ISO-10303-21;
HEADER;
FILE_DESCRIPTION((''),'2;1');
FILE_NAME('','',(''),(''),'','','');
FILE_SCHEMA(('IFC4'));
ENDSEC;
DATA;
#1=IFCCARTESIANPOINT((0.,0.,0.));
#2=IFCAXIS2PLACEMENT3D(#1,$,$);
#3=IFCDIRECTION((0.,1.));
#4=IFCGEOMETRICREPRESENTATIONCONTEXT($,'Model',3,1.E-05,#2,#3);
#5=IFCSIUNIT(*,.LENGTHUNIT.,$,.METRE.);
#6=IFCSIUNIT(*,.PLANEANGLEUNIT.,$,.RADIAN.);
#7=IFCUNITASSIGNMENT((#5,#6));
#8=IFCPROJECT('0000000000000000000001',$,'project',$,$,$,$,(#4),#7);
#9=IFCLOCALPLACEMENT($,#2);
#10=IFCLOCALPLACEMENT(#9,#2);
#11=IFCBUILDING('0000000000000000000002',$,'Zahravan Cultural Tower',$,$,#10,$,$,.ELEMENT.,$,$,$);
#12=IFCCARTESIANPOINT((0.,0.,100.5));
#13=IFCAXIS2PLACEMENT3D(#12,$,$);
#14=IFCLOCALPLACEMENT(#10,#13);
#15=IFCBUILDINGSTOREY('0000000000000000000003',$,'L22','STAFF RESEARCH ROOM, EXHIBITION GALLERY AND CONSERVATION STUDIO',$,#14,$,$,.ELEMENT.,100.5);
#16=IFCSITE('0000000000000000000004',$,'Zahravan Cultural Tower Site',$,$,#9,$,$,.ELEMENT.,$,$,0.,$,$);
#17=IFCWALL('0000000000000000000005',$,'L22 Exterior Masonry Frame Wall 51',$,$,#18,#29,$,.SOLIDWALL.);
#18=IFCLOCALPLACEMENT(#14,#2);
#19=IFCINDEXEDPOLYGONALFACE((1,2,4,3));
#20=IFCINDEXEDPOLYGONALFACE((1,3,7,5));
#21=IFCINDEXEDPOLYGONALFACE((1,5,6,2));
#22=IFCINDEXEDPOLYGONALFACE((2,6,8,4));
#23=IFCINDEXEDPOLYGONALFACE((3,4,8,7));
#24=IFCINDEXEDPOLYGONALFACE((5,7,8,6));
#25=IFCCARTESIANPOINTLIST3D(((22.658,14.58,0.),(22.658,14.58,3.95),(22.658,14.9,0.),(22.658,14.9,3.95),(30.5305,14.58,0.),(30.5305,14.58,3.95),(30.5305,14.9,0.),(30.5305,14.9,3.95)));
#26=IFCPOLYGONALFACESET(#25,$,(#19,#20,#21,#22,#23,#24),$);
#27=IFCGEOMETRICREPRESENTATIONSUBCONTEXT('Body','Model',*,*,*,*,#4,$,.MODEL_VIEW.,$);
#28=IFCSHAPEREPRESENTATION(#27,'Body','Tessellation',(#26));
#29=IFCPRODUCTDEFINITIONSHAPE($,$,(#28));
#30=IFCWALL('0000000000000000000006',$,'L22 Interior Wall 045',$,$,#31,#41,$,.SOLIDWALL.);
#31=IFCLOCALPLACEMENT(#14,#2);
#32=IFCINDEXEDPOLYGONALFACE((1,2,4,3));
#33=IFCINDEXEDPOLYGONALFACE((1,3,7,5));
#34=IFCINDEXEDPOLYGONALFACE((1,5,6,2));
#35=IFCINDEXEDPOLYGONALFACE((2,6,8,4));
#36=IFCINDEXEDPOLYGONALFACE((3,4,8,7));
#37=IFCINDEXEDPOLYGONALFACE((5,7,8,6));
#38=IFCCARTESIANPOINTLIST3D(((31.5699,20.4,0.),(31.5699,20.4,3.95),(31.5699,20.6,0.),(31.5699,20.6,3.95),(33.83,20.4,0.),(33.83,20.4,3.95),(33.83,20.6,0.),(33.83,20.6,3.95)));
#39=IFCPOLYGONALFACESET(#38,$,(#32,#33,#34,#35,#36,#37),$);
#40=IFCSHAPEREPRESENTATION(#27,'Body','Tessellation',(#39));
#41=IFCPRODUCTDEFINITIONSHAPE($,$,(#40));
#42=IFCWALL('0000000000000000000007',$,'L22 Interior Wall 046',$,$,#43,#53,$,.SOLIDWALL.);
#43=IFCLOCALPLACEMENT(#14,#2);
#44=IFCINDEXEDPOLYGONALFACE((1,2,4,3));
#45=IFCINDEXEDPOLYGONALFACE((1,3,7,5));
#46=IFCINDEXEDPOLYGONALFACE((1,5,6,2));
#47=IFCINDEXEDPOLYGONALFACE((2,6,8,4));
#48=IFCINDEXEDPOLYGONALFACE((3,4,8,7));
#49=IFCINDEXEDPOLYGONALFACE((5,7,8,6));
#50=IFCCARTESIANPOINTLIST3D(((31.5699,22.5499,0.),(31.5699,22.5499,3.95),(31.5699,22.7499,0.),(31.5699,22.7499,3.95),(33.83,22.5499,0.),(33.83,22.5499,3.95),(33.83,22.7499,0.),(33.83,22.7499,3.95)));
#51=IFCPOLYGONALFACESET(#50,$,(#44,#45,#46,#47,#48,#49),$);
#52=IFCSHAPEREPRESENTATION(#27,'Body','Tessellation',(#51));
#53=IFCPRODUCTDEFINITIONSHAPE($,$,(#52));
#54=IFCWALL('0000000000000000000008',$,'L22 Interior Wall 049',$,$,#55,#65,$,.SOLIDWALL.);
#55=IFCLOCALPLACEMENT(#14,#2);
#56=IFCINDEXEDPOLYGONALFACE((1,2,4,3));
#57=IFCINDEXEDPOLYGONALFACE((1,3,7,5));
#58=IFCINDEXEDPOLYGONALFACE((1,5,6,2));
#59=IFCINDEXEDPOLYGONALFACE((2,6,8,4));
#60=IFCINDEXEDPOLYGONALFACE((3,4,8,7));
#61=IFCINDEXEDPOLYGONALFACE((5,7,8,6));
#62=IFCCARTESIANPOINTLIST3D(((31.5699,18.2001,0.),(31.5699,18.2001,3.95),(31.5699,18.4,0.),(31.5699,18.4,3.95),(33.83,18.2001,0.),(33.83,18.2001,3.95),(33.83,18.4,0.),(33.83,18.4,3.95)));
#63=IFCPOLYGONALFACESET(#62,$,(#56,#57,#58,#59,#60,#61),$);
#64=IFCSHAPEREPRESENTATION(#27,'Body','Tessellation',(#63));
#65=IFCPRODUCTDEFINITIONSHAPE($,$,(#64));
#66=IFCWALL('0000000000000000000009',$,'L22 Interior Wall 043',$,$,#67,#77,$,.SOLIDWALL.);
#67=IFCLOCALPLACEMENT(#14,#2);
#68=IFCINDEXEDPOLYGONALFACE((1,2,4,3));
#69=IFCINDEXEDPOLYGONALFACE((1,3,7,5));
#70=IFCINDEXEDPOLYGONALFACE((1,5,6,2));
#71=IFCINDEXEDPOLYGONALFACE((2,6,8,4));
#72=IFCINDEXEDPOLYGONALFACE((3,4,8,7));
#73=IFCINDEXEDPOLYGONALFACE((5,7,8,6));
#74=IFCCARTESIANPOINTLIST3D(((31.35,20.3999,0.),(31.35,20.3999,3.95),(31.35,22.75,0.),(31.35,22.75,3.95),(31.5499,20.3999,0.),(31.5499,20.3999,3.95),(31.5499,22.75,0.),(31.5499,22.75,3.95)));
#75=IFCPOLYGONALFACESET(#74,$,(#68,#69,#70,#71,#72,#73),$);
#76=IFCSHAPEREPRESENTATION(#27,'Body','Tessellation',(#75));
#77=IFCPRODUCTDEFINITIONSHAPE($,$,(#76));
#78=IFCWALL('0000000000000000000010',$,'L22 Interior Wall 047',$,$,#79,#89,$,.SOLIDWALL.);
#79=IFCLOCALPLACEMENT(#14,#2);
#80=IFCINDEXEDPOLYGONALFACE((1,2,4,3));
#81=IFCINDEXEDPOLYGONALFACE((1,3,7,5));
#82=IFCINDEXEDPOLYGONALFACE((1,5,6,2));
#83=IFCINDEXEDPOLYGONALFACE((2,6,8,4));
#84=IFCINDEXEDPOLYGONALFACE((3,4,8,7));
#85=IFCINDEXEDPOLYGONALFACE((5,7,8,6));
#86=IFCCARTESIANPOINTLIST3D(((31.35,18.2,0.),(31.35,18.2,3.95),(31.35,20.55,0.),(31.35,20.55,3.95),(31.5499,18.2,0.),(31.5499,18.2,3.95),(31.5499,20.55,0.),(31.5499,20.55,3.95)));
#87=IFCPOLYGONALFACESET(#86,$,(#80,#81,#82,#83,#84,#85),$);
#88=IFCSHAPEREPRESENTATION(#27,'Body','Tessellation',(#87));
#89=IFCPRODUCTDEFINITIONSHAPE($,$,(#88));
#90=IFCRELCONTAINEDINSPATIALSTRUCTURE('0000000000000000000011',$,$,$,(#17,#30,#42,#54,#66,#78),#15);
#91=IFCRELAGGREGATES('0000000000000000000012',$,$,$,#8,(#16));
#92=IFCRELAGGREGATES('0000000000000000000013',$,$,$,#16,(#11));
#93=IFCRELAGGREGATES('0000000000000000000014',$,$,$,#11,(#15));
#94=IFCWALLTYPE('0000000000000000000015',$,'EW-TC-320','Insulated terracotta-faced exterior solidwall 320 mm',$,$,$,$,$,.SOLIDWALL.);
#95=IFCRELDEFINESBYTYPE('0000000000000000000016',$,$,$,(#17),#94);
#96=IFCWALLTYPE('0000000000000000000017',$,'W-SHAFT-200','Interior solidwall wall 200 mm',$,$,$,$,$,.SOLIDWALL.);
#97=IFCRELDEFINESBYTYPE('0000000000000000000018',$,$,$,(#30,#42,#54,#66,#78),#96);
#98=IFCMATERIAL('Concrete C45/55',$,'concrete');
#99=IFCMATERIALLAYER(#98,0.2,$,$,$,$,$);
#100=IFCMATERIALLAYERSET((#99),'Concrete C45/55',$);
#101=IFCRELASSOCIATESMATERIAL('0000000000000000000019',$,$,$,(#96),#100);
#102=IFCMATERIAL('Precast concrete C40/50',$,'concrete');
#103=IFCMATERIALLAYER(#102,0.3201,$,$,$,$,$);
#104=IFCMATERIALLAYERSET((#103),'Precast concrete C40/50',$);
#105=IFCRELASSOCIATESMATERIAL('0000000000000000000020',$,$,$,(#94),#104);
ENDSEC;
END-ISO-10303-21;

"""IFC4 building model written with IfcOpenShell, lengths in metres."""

from ifc_helpers import new_model, si_unit, direction, frame, frame_2d, origin, place, context, subcontext, project, spatial, rectangle, extrude, source, transform, mapped, material, layer, layer_set, type_object, element, save


model = new_model("IFC4")

# Units and contexts
model_context = context("Model", 3, precision=1e-05, world=origin(), true_north=direction((0.0, 1.0)))
body_context = subcontext(model_context, "Body", "Model", "MODEL_VIEW")
ifc_project = project(units=[si_unit("LENGTHUNIT", "METRE"), si_unit("PLANEANGLEUNIT", "RADIAN")], contexts=[model_context])

# Site, building, storey
site_placement = place(None, origin())
site = spatial("IfcSite", under=ifc_project, at=site_placement, Name="Zahravan Cultural Tower Site", CompositionType="ELEMENT", RefElevation=0.0)
building_placement = place(site_placement, origin())
building = spatial("IfcBuilding", under=site, at=building_placement, Name="Zahravan Cultural Tower", CompositionType="ELEMENT")
storey_placement = place(building_placement, frame((0.0, 0.0, 100.5)))
storey = spatial("IfcBuildingStorey", under=building, at=storey_placement, Name="L22", Description="STAFF RESEARCH ROOM, EXHIBITION GALLERY AND CONSERVATION STUDIO", CompositionType="ELEMENT", Elevation=100.5)

# Shared definitions
ifc_material_1 = material(Name="Concrete C45/55", Category="concrete")
ifc_layer_1 = layer(ifc_material_1, 0.2)
ifc_layer_set_1 = layer_set([ifc_layer_1], Name="Concrete C45/55")
wall_type_1 = type_object("IfcWallType", Name="W-SHAFT-200", Description="Interior solidwall wall 200 mm", PredefinedType="SOLIDWALL", material=ifc_layer_set_1)

# Walls
ifc_material_2 = material(Name="Precast concrete C40/50", Category="concrete")
ifc_layer_2 = layer(ifc_material_2, 0.3201)
ifc_layer_set_2 = layer_set([ifc_layer_2], Name="Precast concrete C40/50")
wall_type_2 = type_object("IfcWallType", Name="EW-TC-320", Description="Insulated terracotta-faced exterior solidwall 320 mm", PredefinedType="SOLIDWALL", material=ifc_layer_set_2)
shared_shape_1 = source(origin(), body_context, "Body", "SweptSolid", [
    extrude(rectangle(XDim=7.8726, YDim=0.3201, at=frame_2d((3.9363, 0.0))), origin(), (0.0, 0.0, 1.0), 3.95),
])
wall_1_placement = place(storey_placement, frame((30.5305, 14.74, 0.0), z_axis=(0.0, 0.0, 1.0), x_axis=(-1.0, 0.0, 0.0)))
element("IfcWall", 1, at=wall_1_placement, inside=storey, type_object=wall_type_2, Name="L22 Exterior Masonry Frame Wall 51", PredefinedType="SOLIDWALL", context=body_context, shape_type="MappedRepresentation", body=[
    mapped(shared_shape_1, transform((0.0, 0.0, 0.0), x_axis=(1.0, 0.0, 0.0), y_axis=(0.0, 1.0, 0.0), z_axis=(0.0, 0.0, 1.0), scale=1.0)),
])
shared_shape_2 = source(origin(), body_context, "Body", "SweptSolid", [
    extrude(rectangle(XDim=2.26, YDim=0.2, at=frame_2d((1.1299, 0.0))), origin(), (0.0, 0.0, 1.0), 3.95),
])
for number, where, z_axis, x_axis, name in (
    (2, (31.5701, 20.5, 0.0), (0.0, 0.0, 1.0), (1.0, 0.0, 0.0), "L22 Interior Wall 045"),
    (3, (31.5701, 22.6499, 0.0), (0.0, 0.0, 1.0), (1.0, 0.0, 0.0), "L22 Interior Wall 046"),
    (4, (31.5701, 18.3, 0.0), (0.0, 0.0, 1.0), (1.0, 0.0, 0.0), "L22 Interior Wall 049"),
):
    element("IfcWall", number, at=place(storey_placement, frame(where, z_axis=z_axis, x_axis=x_axis)), inside=storey, type_object=wall_type_1, Name=name, PredefinedType="SOLIDWALL", context=body_context, shape_type="MappedRepresentation", body=[
        mapped(shared_shape_2, transform((0.0, 0.0, 0.0), x_axis=(1.0, 0.0, 0.0), y_axis=(0.0, 1.0, 0.0), z_axis=(0.0, 0.0, 1.0), scale=1.0)),
    ])
shared_shape_3 = source(origin(), body_context, "Body", "SweptSolid", [
    extrude(rectangle(XDim=2.3501, YDim=0.2, at=frame_2d((1.175, 0.0))), origin(), (0.0, 0.0, 1.0), 3.95),
])
for number, where, z_axis, x_axis, name in (
    (5, (31.45, 20.3999, 0.0), (0.0, 0.0, 1.0), (0.0, 1.0, 0.0), "L22 Interior Wall 043"),
    (6, (31.45, 18.2, 0.0), (0.0, 0.0, 1.0), (0.0, 1.0, 0.0), "L22 Interior Wall 047"),
):
    element("IfcWall", number, at=place(storey_placement, frame(where, z_axis=z_axis, x_axis=x_axis)), inside=storey, type_object=wall_type_1, Name=name, PredefinedType="SOLIDWALL", context=body_context, shape_type="MappedRepresentation", body=[
        mapped(shared_shape_3, transform((0.0, 0.0, 0.0), x_axis=(1.0, 0.0, 0.0), y_axis=(0.0, 1.0, 0.0), z_axis=(0.0, 0.0, 1.0), scale=1.0)),
    ])

save(model, "model.ifc")
